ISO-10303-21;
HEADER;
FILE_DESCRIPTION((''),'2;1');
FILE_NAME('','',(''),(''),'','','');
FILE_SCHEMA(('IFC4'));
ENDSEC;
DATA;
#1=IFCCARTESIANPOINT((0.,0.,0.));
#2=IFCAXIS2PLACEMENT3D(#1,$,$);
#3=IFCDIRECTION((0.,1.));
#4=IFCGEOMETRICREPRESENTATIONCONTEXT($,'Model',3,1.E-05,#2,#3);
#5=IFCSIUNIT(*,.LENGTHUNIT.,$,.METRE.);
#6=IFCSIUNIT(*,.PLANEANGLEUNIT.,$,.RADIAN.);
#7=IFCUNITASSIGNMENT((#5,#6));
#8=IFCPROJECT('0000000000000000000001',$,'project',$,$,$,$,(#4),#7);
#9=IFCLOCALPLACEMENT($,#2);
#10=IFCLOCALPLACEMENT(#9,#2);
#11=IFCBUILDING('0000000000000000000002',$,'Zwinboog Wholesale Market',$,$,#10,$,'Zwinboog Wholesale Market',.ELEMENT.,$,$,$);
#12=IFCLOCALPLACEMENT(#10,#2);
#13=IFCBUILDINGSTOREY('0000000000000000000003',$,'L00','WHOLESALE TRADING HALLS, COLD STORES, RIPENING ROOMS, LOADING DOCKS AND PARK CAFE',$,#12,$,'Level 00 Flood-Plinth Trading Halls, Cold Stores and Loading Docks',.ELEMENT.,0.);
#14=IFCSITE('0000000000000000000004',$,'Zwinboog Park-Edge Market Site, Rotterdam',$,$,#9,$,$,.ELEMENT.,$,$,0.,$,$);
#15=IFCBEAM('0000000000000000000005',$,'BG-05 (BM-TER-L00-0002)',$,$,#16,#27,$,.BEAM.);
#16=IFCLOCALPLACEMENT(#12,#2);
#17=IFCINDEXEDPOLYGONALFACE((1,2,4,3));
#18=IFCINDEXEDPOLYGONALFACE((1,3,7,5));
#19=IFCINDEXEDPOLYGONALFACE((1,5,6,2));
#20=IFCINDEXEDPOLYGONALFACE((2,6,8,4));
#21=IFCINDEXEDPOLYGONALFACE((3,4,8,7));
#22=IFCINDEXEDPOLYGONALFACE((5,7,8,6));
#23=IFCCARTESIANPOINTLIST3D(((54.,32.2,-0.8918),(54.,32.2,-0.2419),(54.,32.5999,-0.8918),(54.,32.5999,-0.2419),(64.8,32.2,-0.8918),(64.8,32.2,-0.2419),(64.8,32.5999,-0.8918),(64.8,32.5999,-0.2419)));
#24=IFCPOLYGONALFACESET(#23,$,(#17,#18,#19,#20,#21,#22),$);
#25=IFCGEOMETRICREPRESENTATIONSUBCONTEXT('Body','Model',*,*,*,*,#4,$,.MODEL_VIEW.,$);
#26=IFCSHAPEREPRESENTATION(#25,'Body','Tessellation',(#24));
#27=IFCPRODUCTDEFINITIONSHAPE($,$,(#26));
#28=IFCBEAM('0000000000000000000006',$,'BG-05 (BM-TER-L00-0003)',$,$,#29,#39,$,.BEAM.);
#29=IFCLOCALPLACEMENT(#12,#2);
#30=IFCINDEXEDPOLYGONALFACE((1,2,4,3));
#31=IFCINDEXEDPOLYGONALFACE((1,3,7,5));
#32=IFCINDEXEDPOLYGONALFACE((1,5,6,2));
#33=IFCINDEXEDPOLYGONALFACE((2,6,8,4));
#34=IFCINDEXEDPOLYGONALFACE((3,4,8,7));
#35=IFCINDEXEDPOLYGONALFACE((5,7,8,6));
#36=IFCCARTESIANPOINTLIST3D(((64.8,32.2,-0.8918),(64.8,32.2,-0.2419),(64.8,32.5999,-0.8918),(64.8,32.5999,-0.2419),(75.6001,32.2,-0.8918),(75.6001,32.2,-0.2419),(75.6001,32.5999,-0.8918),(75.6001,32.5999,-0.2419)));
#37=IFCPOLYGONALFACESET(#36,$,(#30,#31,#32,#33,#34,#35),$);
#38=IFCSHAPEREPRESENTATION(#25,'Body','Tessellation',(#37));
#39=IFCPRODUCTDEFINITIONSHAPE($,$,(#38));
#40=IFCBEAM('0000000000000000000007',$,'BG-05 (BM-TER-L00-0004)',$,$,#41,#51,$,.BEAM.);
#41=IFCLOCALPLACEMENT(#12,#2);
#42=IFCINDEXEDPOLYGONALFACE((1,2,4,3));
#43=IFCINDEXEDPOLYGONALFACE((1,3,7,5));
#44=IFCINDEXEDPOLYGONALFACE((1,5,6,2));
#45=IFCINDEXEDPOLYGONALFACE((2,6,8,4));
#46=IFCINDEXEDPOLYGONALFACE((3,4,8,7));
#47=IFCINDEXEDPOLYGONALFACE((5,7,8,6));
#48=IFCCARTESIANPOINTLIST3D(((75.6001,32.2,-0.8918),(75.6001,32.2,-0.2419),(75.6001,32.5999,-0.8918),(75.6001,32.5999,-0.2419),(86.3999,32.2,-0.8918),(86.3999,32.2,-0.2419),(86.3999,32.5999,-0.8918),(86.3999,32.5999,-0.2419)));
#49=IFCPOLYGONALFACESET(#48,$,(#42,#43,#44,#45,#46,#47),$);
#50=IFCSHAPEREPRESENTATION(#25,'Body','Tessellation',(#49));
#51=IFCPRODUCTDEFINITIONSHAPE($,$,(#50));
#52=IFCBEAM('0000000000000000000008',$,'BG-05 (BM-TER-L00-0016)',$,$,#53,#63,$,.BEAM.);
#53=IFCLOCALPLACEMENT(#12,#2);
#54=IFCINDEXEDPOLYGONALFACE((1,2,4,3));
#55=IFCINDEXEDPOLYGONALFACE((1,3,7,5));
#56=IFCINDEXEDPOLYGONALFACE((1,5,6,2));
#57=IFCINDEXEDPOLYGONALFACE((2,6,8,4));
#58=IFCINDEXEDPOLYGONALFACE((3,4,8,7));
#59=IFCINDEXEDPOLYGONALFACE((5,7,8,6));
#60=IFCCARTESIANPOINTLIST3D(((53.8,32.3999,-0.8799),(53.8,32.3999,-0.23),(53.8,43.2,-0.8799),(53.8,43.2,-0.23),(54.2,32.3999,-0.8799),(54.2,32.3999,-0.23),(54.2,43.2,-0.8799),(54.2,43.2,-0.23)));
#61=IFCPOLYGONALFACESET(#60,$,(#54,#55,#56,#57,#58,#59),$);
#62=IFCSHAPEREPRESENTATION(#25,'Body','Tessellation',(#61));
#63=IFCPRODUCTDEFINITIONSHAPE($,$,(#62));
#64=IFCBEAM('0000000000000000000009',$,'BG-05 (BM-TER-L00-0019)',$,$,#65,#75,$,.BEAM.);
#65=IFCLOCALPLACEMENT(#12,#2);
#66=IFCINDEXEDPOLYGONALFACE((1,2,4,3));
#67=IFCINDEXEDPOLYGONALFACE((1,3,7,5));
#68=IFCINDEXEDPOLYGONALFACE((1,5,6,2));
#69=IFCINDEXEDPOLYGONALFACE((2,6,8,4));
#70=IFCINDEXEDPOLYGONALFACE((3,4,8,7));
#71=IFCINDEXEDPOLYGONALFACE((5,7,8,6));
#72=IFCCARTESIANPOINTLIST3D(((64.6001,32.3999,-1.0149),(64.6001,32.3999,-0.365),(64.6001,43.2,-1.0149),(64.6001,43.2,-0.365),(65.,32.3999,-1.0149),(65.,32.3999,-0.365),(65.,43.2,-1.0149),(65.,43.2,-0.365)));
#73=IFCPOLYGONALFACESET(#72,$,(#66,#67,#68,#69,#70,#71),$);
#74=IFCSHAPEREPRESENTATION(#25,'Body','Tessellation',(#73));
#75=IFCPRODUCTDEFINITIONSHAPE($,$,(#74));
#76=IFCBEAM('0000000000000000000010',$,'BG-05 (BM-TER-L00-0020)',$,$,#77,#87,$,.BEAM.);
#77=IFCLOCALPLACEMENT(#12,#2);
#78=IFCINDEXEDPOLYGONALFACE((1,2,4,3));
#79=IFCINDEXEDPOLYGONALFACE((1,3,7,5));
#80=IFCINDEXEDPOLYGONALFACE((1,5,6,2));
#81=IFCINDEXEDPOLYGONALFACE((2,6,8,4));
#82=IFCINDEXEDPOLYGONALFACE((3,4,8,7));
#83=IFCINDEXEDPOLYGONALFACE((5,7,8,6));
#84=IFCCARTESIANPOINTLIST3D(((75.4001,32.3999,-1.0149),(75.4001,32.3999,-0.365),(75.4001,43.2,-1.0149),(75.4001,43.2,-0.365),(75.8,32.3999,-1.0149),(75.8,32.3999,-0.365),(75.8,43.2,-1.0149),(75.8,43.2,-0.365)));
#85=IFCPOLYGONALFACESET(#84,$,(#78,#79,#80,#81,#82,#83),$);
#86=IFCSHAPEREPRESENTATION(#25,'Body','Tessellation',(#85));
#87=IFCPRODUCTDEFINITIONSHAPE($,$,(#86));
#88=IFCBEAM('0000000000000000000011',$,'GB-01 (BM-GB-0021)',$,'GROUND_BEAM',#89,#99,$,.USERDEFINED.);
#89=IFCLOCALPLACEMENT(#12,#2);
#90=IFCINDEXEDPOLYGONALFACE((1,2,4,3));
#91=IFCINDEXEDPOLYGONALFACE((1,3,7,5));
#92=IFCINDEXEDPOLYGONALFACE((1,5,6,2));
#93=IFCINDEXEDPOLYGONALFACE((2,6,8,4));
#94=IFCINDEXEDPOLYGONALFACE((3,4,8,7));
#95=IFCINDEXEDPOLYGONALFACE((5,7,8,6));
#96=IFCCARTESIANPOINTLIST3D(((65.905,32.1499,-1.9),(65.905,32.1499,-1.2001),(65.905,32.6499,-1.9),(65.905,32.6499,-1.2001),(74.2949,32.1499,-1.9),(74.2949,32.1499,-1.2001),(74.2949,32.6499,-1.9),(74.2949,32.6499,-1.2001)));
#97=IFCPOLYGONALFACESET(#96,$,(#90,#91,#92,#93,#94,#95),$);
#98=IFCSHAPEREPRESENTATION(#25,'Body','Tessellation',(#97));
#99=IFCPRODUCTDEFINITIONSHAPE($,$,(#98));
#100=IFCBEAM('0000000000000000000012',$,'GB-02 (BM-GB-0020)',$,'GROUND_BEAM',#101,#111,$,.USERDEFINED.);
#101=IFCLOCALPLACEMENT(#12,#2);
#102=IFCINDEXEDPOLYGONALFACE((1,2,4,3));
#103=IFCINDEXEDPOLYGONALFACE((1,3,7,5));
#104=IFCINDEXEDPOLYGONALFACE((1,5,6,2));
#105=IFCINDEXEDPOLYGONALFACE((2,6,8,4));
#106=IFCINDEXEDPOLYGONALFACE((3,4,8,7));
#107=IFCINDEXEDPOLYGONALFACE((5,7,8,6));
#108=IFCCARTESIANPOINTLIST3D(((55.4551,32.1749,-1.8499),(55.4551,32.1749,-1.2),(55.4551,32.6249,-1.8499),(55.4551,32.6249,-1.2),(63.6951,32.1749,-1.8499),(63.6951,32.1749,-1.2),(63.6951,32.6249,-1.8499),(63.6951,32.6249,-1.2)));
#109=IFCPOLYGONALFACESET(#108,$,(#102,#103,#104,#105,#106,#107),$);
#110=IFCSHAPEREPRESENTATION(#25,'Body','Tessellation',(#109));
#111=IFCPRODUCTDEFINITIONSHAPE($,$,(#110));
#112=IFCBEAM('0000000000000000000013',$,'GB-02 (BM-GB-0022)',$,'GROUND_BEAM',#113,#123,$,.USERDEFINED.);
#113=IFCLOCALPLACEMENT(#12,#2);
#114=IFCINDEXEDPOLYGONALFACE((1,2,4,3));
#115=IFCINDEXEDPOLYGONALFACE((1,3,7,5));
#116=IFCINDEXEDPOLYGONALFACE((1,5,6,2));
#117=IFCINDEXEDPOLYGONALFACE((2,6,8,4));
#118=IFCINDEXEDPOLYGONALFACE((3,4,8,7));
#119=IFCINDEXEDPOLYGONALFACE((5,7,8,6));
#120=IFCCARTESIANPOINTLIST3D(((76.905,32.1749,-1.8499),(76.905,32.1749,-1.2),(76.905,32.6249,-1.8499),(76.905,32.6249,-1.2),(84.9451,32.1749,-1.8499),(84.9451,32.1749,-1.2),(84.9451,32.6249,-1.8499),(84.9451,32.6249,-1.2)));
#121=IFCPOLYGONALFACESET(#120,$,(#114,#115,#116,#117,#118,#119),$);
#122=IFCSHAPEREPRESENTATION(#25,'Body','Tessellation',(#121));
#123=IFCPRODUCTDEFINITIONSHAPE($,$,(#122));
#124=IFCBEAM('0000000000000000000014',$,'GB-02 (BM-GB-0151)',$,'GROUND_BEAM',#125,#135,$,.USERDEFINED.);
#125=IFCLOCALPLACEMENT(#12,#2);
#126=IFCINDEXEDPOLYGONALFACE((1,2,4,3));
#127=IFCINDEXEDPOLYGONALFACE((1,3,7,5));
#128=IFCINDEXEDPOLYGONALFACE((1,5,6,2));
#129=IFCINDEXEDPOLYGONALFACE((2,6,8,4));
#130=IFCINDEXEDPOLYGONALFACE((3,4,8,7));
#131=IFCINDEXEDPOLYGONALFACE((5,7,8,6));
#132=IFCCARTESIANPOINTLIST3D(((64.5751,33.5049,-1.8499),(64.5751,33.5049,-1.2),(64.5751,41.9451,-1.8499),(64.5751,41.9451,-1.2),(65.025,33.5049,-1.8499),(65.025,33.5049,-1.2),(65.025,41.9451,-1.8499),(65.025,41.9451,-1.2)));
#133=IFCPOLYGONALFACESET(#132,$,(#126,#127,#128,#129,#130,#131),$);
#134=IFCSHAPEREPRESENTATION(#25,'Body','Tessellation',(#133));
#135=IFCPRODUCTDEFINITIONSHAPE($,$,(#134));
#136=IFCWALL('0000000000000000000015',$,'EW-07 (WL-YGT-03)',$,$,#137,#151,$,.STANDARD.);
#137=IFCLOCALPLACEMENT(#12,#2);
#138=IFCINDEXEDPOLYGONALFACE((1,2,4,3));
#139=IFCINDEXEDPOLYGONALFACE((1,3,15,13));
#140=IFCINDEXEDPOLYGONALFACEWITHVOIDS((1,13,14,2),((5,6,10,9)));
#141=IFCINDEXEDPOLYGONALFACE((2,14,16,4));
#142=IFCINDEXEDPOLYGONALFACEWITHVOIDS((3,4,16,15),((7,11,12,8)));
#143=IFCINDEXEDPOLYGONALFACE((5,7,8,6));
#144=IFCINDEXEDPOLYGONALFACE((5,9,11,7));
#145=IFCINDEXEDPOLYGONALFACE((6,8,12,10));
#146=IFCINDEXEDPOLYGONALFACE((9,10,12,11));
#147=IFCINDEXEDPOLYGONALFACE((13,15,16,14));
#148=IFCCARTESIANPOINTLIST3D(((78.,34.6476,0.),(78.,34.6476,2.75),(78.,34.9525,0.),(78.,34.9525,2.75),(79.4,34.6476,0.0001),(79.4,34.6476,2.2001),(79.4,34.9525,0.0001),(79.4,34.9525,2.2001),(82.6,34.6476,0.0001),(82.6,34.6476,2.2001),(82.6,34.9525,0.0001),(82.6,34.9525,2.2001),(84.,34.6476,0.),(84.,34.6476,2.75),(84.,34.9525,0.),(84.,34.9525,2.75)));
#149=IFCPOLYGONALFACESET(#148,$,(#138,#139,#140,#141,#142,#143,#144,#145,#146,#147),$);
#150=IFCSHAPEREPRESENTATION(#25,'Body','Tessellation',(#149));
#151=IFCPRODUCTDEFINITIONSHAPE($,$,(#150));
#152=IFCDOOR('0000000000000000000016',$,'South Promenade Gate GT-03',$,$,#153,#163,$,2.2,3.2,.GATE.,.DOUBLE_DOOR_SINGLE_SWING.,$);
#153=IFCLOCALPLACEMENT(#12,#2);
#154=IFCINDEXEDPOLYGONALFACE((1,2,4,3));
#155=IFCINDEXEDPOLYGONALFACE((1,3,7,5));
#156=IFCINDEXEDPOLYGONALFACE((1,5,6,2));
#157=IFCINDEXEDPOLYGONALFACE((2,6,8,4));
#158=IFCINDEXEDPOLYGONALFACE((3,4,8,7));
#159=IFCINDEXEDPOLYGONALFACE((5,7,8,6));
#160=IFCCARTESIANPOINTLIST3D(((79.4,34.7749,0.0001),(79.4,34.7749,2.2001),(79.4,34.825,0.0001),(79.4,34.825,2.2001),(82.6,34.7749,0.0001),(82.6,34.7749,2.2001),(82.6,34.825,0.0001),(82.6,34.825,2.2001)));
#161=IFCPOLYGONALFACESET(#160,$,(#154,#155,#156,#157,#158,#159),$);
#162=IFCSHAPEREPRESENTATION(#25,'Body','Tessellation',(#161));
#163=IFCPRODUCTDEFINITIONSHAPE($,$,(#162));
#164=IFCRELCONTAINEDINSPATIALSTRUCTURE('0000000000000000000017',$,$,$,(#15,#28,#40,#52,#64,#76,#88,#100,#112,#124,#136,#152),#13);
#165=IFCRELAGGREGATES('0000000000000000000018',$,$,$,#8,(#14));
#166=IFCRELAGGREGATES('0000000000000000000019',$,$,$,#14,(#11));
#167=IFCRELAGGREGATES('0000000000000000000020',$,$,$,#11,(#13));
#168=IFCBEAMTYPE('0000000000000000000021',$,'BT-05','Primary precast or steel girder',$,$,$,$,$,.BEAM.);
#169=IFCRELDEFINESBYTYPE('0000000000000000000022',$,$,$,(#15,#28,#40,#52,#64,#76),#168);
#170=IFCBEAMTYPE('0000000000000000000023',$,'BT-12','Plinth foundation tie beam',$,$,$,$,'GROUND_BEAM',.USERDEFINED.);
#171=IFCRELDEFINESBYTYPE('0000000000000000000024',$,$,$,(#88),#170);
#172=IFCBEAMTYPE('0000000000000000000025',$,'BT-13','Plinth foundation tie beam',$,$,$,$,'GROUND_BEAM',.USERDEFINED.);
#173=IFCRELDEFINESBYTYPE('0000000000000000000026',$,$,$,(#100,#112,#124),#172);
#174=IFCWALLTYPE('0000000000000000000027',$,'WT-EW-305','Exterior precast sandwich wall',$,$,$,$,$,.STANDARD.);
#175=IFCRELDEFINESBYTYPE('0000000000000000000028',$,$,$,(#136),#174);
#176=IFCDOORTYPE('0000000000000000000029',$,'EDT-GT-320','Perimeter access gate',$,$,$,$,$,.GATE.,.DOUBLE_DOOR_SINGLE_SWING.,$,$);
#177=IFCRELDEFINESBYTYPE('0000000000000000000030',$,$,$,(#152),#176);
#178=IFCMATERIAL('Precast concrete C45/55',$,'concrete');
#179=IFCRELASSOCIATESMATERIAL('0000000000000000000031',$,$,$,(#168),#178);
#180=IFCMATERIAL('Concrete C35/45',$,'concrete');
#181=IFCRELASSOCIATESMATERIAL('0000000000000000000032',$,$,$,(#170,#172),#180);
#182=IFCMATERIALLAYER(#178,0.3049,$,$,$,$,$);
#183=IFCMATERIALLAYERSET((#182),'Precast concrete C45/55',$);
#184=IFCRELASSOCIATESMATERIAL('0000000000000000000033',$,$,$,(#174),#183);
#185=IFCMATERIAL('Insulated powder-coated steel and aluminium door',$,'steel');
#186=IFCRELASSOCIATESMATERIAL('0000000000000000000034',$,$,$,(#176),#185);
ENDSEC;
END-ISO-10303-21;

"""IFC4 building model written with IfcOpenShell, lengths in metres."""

from ifc_helpers import new_model, si_unit, direction, frame, frame_2d, origin, origin_2d, place, context, subcontext, project, spatial, rectangle, extrude, material, layer, layer_set, material_profile, profile_set, type_object, element, fill, save


model = new_model("IFC4")

# Units and contexts
model_context = context("Model", 3, precision=1e-05, world=origin(), true_north=direction((0.0, 1.0)))
body_context = subcontext(model_context, "Body", "Model", "MODEL_VIEW")
ifc_project = project(units=[si_unit("LENGTHUNIT", "METRE"), si_unit("PLANEANGLEUNIT", "RADIAN")], contexts=[model_context])

# Site, building, storey
site_placement = place(None, origin())
site = spatial("IfcSite", under=ifc_project, at=site_placement, Name="Zwinboog Park-Edge Market Site, Rotterdam", CompositionType="ELEMENT", RefElevation=0.0)
building_placement = place(site_placement, origin())
building = spatial("IfcBuilding", under=site, at=building_placement, Name="Zwinboog Wholesale Market", LongName="Zwinboog Wholesale Market", CompositionType="ELEMENT")
storey_placement = place(building_placement, origin())
storey = spatial("IfcBuildingStorey", under=building, at=storey_placement, Name="L00", Description="WHOLESALE TRADING HALLS, COLD STORES, RIPENING ROOMS, LOADING DOCKS AND PARK CAFE", LongName="Level 00 Flood-Plinth Trading Halls, Cold Stores and Loading Docks", CompositionType="ELEMENT", Elevation=0.0)

# Shared definitions
ifc_material_1 = material(Name="Concrete C35/45", Category="concrete")

# Shared definitions
ifc_material_2 = material(Name="Precast concrete C45/55", Category="concrete")

# Beams
ifc_material_profile_1 = material_profile(ifc_material_2, rectangle(XDim=0.3999, YDim=0.6499, at=origin_2d()), Name="PC 400x650")
ifc_profile_set_1 = profile_set([ifc_material_profile_1], Name="Precast concrete C45/55")
beam_type_1 = type_object("IfcBeamType", Name="BT-05", Description="Primary precast or steel girder", PredefinedType="BEAM", material=ifc_profile_set_1)
for number, where, z_axis, x_axis, name in (
    (1, (54.0, 32.3999, -0.5669), (1.0, 0.0, 0.0), (0.0, 1.0, 0.0), "BG-05 (BM-TER-L00-0002)"),
    (2, (64.8, 32.3999, -0.5669), (1.0, 0.0, 0.0), (0.0, 1.0, 0.0), "BG-05 (BM-TER-L00-0003)"),
):
    element("IfcBeam", number, at=place(storey_placement, frame(where, z_axis=z_axis, x_axis=x_axis)), inside=storey, type_object=beam_type_1, Name=name, PredefinedType="BEAM", context=body_context, shape_type="SweptSolid", body=[
        extrude(rectangle(XDim=0.3999, YDim=0.6499, at=origin_2d()), origin(), (0.0, 0.0, 1.0), 10.8),
    ])
beam_1_placement = place(storey_placement, frame((75.6001, 32.3999, -0.5669), z_axis=(1.0, 0.0, 0.0), x_axis=(0.0, 1.0, 0.0)))
element("IfcBeam", 3, at=beam_1_placement, inside=storey, type_object=beam_type_1, Name="BG-05 (BM-TER-L00-0004)", PredefinedType="BEAM", context=body_context, shape_type="SweptSolid", body=[
    extrude(rectangle(XDim=0.3999, YDim=0.6499, at=origin_2d()), origin(), (0.0, 0.0, 1.0), 10.7998),
])
for number, where, z_axis, x_axis, name in (
    (4, (54.0, 32.3999, -0.5549), (0.0, 1.0, 0.0), (-1.0, 0.0, 0.0), "BG-05 (BM-TER-L00-0016)"),
    (5, (64.8, 32.3999, -0.6899), (0.0, 1.0, 0.0), (-1.0, 0.0, 0.0), "BG-05 (BM-TER-L00-0019)"),
    (6, (75.6001, 32.3999, -0.6899), (0.0, 1.0, 0.0), (-1.0, 0.0, 0.0), "BG-05 (BM-TER-L00-0020)"),
):
    element("IfcBeam", number, at=place(storey_placement, frame(where, z_axis=z_axis, x_axis=x_axis)), inside=storey, type_object=beam_type_1, Name=name, PredefinedType="BEAM", context=body_context, shape_type="SweptSolid", body=[
        extrude(rectangle(XDim=0.3999, YDim=0.6499, at=origin_2d()), origin(), (0.0, 0.0, 1.0), 10.8),
    ])
ifc_material_profile_2 = material_profile(ifc_material_1, rectangle(XDim=0.5, YDim=0.7, at=origin_2d()), Name="RC 500x700")
ifc_profile_set_2 = profile_set([ifc_material_profile_2], Name="Concrete C35/45")
beam_type_2 = type_object("IfcBeamType", Name="BT-12", Description="Plinth foundation tie beam", ElementType="GROUND_BEAM", PredefinedType="USERDEFINED", material=ifc_profile_set_2)
beam_2_placement = place(storey_placement, frame((65.905, 32.3999, -1.55), z_axis=(1.0, 0.0, 0.0), x_axis=(0.0, 1.0, 0.0)))
element("IfcBeam", 7, at=beam_2_placement, inside=storey, type_object=beam_type_2, Name="GB-01 (BM-GB-0021)", ObjectType="GROUND_BEAM", PredefinedType="USERDEFINED", context=body_context, shape_type="SweptSolid", body=[
    extrude(rectangle(XDim=0.5, YDim=0.7, at=origin_2d()), origin(), (0.0, 0.0, 1.0), 8.3899),
])
ifc_material_profile_3 = material_profile(ifc_material_1, rectangle(XDim=0.45, YDim=0.6499, at=origin_2d()), Name="RC 450x650")
ifc_profile_set_3 = profile_set([ifc_material_profile_3], Name="Concrete C35/45")
beam_type_3 = type_object("IfcBeamType", Name="BT-13", Description="Plinth foundation tie beam", ElementType="GROUND_BEAM", PredefinedType="USERDEFINED", material=ifc_profile_set_3)
beam_3_placement = place(storey_placement, frame((55.4551, 32.3999, -1.5249), z_axis=(1.0, 0.0, 0.0), x_axis=(0.0, 1.0, 0.0)))
element("IfcBeam", 8, at=beam_3_placement, inside=storey, type_object=beam_type_3, Name="GB-02 (BM-GB-0020)", ObjectType="GROUND_BEAM", PredefinedType="USERDEFINED", context=body_context, shape_type="SweptSolid", body=[
    extrude(rectangle(XDim=0.45, YDim=0.6499, at=origin_2d()), origin(), (0.0, 0.0, 1.0), 8.24),
])
beam_4_placement = place(storey_placement, frame((76.905, 32.3999, -1.5249), z_axis=(1.0, 0.0, 0.0), x_axis=(0.0, 1.0, 0.0)))
element("IfcBeam", 9, at=beam_4_placement, inside=storey, type_object=beam_type_3, Name="GB-02 (BM-GB-0022)", ObjectType="GROUND_BEAM", PredefinedType="USERDEFINED", context=body_context, shape_type="SweptSolid", body=[
    extrude(rectangle(XDim=0.45, YDim=0.6499, at=origin_2d()), origin(), (0.0, 0.0, 1.0), 8.04),
])
beam_5_placement = place(storey_placement, frame((64.8, 33.5049, -1.5249), z_axis=(0.0, 1.0, 0.0), x_axis=(-1.0, 0.0, 0.0)))
element("IfcBeam", 10, at=beam_5_placement, inside=storey, type_object=beam_type_3, Name="GB-02 (BM-GB-0151)", ObjectType="GROUND_BEAM", PredefinedType="USERDEFINED", context=body_context, shape_type="SweptSolid", body=[
    extrude(rectangle(XDim=0.45, YDim=0.6499, at=origin_2d()), origin(), (0.0, 0.0, 1.0), 8.4402),
])

# Wall, opening, door
ifc_layer = layer(ifc_material_2, 0.3049)
ifc_layer_set = layer_set([ifc_layer], Name="Precast concrete C45/55")
wall_type = type_object("IfcWallType", Name="WT-EW-305", Description="Exterior precast sandwich wall", PredefinedType="STANDARD", material=ifc_layer_set)
wall_placement = place(storey_placement, frame((78.0, 34.8, 0.0), z_axis=(0.0, 0.0, 1.0), x_axis=(1.0, 0.0, 0.0)))
wall = element("IfcWall", 11, at=wall_placement, inside=storey, type_object=wall_type, Name="EW-07 (WL-YGT-03)", PredefinedType="STANDARD", context=body_context, shape_type="SweptSolid", body=[
    extrude(rectangle(XDim=6.0, YDim=0.3049, at=frame_2d((3.0, 0.0))), origin(), (0.0, 0.0, 1.0), 2.75),
])
opening_placement = place(wall_placement, frame((1.3999, 0.0, 0.0)))
opening = element("IfcOpeningElement", 12, at=opening_placement, cuts=wall, PredefinedType="OPENING", context=body_context, shape_type="SweptSolid", body=[
    extrude(rectangle(XDim=3.2, YDim=2.2, at=frame_2d((1.6001, 1.1001))), frame((0.0, 0.1624, 0.0), z_axis=(0.0, -1.0, 0.0), x_axis=(1.0, 0.0, 0.0)), (0.0, 0.0, 1.0), 0.325),
])
ifc_material_3 = material(Name="Insulated powder-coated steel and aluminium door", Category="steel")
door_type = type_object("IfcDoorType", Name="EDT-GT-320", Description="Perimeter access gate", OperationType="DOUBLE_DOOR_SINGLE_SWING", PredefinedType="GATE", material=ifc_material_3)
door_placement = place(opening_placement, origin())
door = element("IfcDoor", 13, at=door_placement, inside=storey, type_object=door_type, Name="South Promenade Gate GT-03", OperationType="DOUBLE_DOOR_SINGLE_SWING", OverallHeight=2.2, OverallWidth=3.2, PredefinedType="GATE", context=body_context, shape_type="SweptSolid", body=[
    extrude(rectangle(XDim=3.2, YDim=2.2, at=frame_2d((1.6001, 1.1001))), frame((0.0, 0.0249, 0.0), z_axis=(0.0, -1.0, 0.0), x_axis=(1.0, 0.0, 0.0)), (0.0, 0.0, 1.0), 0.05),
])
fill(opening, door)

save(model, "model.ifc")
